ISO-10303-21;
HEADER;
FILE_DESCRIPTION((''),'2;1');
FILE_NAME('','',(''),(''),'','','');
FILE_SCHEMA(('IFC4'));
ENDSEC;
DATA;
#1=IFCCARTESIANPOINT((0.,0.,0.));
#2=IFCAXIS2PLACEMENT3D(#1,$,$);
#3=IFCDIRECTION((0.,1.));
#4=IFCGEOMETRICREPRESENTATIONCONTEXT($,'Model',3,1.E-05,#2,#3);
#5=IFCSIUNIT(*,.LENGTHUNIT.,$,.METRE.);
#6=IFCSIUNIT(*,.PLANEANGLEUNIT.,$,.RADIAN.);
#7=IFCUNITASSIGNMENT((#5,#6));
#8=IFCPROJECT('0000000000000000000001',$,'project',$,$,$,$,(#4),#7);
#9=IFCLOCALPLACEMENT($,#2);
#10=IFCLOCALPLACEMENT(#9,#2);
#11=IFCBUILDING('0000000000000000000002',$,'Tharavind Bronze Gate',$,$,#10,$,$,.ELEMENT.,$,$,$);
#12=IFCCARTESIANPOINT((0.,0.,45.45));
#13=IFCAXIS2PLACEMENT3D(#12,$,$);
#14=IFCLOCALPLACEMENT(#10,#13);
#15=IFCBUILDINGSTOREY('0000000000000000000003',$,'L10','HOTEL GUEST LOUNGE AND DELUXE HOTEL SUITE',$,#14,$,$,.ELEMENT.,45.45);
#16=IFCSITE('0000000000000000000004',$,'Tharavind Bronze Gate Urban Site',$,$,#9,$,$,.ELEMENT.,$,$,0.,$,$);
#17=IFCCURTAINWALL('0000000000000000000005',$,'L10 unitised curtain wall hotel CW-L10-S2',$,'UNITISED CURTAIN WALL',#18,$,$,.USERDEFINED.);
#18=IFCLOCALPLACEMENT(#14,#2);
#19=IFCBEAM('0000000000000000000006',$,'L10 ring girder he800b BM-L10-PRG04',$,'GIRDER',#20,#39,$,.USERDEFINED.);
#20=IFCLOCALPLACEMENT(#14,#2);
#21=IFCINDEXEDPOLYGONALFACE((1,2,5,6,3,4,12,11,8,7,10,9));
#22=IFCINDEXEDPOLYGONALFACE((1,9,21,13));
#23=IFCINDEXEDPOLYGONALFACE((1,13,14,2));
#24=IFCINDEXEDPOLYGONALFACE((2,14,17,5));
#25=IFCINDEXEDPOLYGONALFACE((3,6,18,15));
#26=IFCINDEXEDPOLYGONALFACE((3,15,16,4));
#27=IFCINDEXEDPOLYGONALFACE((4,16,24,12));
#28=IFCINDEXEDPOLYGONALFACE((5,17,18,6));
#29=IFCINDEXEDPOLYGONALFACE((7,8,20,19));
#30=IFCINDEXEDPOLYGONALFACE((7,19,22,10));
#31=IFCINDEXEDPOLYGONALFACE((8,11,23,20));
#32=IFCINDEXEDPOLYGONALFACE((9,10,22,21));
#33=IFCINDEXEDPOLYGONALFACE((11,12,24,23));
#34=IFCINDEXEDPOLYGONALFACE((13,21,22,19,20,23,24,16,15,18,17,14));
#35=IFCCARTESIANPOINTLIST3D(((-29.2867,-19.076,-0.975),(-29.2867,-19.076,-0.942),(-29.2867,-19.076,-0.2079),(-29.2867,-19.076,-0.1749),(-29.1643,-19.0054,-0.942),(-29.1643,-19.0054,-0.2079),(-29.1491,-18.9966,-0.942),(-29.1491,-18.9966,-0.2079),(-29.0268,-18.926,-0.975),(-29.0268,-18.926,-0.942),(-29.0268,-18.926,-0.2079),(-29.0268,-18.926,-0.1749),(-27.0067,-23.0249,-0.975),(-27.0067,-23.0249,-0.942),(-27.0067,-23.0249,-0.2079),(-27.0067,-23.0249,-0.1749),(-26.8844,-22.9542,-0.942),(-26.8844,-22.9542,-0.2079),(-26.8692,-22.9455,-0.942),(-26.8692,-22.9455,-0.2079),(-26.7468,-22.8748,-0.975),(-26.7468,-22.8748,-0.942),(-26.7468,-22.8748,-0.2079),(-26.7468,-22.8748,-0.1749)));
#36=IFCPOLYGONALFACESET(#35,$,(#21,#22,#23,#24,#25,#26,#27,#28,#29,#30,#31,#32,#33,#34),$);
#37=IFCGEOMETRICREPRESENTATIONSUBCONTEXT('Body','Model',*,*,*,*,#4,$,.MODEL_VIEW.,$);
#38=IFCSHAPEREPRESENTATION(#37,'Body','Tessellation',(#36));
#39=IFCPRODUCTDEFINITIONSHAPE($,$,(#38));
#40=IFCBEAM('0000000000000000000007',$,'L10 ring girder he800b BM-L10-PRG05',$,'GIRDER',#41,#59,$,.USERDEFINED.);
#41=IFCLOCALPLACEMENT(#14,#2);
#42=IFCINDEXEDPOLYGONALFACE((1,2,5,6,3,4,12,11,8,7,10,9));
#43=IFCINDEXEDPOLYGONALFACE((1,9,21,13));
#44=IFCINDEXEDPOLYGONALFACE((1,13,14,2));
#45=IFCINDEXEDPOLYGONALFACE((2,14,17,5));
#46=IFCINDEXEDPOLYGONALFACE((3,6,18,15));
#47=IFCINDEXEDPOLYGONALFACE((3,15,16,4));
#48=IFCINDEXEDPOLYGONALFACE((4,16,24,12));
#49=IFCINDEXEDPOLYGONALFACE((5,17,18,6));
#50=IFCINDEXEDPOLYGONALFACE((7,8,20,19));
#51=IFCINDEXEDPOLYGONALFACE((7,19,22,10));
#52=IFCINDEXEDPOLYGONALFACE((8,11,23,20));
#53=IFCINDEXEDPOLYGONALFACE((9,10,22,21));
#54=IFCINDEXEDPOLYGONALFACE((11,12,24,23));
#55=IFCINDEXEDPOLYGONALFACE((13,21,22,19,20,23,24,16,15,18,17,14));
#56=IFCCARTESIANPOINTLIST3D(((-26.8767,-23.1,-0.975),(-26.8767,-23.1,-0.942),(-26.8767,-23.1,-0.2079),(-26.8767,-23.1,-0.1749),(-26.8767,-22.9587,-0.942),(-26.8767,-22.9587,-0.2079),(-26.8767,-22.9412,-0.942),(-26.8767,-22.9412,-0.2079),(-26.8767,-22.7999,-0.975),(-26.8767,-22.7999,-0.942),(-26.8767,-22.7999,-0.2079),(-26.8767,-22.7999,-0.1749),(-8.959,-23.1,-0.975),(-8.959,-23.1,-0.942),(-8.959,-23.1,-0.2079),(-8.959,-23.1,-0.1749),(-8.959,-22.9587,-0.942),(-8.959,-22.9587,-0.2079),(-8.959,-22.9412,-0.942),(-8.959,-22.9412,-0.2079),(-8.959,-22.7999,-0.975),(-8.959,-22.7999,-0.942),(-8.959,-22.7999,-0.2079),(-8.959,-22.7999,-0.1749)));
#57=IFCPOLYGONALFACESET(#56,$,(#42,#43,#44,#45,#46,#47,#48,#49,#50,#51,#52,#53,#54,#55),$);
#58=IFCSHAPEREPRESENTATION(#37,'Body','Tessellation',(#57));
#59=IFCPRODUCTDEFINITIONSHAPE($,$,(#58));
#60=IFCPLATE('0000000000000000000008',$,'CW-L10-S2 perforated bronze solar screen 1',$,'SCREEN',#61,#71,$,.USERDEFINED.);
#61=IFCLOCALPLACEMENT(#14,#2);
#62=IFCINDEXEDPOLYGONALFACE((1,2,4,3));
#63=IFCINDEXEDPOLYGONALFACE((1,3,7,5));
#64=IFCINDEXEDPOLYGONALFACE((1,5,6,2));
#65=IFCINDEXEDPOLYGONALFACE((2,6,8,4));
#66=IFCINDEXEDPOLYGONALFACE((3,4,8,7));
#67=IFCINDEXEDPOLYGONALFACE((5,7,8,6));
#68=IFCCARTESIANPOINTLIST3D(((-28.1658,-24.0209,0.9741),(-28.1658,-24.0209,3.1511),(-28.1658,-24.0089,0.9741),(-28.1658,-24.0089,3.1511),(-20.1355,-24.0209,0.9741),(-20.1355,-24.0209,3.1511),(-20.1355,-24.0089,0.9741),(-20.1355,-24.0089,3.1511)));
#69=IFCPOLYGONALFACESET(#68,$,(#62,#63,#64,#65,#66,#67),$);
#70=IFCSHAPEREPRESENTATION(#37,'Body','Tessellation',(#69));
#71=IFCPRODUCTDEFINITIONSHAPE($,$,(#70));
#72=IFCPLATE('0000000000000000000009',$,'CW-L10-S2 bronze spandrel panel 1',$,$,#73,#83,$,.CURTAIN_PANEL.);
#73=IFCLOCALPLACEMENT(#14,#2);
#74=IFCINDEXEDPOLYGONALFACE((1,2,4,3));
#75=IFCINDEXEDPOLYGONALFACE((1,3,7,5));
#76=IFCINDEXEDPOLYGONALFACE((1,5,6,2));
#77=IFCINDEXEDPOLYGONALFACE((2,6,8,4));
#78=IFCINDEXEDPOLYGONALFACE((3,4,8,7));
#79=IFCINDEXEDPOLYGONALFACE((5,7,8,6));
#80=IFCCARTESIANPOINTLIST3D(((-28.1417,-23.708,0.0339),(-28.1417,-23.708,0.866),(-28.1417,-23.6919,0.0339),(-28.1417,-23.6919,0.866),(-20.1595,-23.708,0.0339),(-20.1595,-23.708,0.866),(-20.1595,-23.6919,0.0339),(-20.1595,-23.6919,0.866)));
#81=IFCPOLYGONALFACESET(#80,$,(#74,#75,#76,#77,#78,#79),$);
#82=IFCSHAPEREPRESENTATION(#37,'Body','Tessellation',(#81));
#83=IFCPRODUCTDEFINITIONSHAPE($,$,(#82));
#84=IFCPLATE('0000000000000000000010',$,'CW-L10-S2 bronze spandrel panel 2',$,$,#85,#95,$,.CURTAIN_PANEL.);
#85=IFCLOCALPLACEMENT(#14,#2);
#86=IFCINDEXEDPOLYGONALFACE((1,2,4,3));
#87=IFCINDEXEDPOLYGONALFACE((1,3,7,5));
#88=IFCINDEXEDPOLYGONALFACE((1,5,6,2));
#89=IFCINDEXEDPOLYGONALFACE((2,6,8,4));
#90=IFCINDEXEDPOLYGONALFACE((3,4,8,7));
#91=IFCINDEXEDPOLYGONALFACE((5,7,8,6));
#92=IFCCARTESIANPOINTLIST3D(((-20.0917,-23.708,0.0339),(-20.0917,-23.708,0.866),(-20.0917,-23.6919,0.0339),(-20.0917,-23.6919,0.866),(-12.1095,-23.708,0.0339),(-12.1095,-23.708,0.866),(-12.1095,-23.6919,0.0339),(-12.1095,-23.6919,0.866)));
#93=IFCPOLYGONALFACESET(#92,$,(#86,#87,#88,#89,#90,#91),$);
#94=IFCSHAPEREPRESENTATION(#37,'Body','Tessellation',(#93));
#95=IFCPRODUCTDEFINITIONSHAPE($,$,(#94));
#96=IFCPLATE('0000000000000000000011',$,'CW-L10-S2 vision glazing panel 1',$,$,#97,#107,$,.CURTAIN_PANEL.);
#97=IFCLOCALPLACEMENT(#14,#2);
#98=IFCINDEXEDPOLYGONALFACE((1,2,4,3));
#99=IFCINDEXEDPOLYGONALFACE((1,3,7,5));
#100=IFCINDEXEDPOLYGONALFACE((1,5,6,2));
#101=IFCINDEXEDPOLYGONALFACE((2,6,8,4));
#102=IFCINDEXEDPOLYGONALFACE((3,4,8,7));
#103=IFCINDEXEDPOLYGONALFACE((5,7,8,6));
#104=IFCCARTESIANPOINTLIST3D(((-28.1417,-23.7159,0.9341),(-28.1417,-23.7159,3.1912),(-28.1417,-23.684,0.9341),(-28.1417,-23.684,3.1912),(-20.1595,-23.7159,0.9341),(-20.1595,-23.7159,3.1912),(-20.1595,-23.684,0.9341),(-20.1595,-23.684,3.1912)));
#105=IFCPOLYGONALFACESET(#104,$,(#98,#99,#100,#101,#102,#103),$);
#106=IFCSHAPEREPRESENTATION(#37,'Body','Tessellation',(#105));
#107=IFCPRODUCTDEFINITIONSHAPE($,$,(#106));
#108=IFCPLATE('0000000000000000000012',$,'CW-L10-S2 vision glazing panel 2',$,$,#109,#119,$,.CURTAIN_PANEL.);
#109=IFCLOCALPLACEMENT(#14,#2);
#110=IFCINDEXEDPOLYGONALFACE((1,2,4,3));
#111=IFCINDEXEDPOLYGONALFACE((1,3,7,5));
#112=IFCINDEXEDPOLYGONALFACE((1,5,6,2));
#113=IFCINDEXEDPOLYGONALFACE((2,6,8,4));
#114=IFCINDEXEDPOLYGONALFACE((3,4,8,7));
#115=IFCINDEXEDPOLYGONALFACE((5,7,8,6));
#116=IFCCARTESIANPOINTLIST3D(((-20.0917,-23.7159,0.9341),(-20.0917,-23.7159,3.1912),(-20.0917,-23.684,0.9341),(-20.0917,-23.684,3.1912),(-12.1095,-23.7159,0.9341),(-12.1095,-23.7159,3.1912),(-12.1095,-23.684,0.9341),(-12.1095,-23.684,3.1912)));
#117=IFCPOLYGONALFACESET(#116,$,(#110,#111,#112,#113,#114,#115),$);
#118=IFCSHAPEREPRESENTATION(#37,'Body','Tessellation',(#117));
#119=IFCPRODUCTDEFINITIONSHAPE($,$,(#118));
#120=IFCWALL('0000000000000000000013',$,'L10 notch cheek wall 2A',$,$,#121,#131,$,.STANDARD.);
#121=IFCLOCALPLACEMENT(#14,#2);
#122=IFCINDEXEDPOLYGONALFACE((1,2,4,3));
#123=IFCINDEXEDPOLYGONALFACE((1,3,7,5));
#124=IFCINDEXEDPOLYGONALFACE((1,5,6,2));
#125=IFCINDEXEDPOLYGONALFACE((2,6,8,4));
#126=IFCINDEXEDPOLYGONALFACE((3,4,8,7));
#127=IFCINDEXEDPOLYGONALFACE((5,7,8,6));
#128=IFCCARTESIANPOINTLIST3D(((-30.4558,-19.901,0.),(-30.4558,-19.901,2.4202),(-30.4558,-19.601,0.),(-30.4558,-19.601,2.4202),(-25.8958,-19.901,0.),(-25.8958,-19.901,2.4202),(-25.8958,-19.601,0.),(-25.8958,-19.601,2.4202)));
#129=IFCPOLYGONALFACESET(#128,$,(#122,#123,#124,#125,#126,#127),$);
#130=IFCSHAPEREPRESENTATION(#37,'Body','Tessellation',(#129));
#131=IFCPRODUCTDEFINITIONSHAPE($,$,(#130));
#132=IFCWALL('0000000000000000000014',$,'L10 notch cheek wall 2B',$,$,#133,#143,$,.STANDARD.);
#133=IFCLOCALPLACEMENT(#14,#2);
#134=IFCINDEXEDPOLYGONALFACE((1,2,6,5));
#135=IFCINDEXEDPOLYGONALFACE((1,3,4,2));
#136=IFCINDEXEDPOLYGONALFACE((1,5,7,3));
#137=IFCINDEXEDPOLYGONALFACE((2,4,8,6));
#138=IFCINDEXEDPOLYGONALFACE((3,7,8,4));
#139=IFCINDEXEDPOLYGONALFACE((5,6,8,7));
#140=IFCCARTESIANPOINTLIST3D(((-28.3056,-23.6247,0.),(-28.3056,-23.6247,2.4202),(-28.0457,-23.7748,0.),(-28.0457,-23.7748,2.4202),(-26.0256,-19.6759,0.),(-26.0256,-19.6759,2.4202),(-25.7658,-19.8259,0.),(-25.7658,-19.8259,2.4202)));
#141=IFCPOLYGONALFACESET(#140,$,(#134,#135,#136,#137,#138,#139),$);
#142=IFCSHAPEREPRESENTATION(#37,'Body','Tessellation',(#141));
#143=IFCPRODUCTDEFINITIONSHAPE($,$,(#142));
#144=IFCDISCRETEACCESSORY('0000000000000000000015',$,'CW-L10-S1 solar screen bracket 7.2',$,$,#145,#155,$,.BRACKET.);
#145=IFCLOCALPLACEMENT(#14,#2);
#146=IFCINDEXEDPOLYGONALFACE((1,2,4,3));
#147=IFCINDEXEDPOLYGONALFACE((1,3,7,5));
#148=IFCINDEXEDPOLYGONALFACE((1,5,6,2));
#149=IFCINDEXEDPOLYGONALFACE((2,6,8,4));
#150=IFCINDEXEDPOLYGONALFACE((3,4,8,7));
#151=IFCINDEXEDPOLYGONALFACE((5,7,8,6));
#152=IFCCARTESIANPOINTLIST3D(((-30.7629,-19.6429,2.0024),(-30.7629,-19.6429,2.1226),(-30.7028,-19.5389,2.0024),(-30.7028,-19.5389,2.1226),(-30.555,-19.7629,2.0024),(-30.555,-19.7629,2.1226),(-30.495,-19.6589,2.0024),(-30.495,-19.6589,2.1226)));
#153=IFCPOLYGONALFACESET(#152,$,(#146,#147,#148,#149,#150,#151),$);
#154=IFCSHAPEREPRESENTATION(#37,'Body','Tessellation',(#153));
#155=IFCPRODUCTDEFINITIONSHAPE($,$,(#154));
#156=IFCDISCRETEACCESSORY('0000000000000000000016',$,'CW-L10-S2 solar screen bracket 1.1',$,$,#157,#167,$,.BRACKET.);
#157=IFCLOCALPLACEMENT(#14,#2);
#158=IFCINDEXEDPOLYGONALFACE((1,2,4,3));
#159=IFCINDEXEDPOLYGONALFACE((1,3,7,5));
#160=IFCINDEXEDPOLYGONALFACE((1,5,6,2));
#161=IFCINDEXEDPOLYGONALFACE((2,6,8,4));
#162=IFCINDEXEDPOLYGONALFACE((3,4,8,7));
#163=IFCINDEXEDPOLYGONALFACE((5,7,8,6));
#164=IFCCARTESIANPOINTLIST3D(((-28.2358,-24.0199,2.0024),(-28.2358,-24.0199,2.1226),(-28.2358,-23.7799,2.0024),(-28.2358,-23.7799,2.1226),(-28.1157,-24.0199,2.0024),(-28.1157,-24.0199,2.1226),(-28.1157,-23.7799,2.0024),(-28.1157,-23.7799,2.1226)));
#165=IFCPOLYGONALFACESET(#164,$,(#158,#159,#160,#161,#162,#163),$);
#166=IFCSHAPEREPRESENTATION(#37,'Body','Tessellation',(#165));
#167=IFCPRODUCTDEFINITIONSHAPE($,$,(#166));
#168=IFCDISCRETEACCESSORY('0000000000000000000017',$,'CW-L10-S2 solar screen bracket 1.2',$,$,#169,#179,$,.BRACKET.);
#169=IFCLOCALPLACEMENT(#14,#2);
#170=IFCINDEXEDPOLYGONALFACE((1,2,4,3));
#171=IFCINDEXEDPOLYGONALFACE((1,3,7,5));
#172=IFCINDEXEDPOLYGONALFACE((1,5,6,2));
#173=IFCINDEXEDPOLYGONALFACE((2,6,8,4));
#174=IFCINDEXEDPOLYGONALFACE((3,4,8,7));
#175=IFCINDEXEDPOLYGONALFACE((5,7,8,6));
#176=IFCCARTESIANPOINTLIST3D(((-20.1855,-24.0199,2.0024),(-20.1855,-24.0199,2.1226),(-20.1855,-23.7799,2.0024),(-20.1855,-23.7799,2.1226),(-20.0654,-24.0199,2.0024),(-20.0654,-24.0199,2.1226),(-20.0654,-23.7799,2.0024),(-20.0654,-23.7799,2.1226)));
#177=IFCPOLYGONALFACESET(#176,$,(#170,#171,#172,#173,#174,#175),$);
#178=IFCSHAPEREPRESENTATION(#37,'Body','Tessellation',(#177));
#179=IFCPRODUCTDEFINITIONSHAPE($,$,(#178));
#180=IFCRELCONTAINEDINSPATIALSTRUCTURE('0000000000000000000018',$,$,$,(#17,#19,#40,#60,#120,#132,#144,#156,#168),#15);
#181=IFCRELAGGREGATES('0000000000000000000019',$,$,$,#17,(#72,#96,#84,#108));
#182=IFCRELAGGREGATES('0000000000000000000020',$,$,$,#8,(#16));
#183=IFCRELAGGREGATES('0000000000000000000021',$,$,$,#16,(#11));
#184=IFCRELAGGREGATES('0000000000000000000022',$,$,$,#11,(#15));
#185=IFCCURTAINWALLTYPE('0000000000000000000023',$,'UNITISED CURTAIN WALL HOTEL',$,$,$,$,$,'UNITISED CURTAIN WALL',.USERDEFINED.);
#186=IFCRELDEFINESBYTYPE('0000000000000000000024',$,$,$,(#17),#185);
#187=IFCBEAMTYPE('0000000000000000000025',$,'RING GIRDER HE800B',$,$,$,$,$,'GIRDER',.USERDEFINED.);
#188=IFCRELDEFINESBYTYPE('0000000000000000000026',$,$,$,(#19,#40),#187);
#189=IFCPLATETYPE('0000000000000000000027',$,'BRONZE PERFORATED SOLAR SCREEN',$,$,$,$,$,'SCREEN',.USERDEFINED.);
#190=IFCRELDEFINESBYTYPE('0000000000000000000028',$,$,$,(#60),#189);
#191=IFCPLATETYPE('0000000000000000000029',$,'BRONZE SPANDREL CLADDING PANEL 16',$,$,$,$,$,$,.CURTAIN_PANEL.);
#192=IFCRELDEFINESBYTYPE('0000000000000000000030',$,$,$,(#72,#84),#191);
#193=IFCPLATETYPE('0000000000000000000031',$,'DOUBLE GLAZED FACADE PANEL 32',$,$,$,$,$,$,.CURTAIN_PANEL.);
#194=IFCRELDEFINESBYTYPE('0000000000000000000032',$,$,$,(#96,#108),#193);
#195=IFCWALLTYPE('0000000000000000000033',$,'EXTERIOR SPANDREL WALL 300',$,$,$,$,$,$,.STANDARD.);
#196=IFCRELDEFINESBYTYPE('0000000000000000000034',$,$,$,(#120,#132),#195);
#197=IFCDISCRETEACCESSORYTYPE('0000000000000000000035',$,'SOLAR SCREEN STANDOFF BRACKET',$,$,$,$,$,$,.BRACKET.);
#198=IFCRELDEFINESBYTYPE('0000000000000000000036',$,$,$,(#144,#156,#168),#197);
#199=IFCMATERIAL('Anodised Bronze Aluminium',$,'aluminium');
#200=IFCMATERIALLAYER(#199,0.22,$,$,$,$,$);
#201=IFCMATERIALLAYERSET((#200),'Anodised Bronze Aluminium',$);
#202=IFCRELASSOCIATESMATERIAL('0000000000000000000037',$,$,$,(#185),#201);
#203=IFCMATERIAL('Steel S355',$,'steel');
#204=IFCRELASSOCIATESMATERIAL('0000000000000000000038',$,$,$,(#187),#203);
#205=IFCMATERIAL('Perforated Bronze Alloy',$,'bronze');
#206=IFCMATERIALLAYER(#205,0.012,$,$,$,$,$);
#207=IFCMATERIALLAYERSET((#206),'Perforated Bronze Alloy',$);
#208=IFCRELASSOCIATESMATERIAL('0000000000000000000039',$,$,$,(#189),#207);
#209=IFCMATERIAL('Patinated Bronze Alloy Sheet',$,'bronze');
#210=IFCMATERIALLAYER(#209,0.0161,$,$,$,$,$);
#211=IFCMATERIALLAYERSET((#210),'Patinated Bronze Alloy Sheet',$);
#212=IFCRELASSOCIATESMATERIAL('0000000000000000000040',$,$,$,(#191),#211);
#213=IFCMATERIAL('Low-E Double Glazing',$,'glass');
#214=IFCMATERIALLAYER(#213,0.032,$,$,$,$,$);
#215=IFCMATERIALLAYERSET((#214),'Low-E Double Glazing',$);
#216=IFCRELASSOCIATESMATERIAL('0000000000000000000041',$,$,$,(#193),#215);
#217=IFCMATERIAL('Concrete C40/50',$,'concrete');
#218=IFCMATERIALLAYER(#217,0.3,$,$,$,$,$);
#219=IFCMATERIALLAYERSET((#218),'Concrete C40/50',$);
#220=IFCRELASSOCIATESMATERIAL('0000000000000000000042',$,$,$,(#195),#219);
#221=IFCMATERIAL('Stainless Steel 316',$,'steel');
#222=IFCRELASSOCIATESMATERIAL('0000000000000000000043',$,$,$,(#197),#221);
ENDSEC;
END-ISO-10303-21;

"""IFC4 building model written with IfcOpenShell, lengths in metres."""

from ifc_helpers import new_model, si_unit, direction, frame, frame_2d, origin, origin_2d, place, context, subcontext, project, spatial, rectangle, i_section, extrude, material, layer, layer_set, material_profile, profile_set, type_object, element, aggregate, save


model = new_model("IFC4")

# Units and contexts
model_context = context("Model", 3, precision=1e-05, world=origin(), true_north=direction((0.0, 1.0)))
body_context = subcontext(model_context, "Body", "Model", "MODEL_VIEW")
ifc_project = project(units=[si_unit("LENGTHUNIT", "METRE"), si_unit("PLANEANGLEUNIT", "RADIAN")], contexts=[model_context])

# Site, building, storey
site_placement = place(None, origin())
site = spatial("IfcSite", under=ifc_project, at=site_placement, Name="Tharavind Bronze Gate Urban Site", CompositionType="ELEMENT", RefElevation=0.0)
building_placement = place(site_placement, origin())
building = spatial("IfcBuilding", under=site, at=building_placement, Name="Tharavind Bronze Gate", CompositionType="ELEMENT")
storey_placement = place(building_placement, frame((0.0, 0.0, 45.45)))
storey = spatial("IfcBuildingStorey", under=building, at=storey_placement, Name="L10", Description="HOTEL GUEST LOUNGE AND DELUXE HOTEL SUITE", CompositionType="ELEMENT", Elevation=45.45)

# Shared definitions
ifc_material_1 = material(Name="Anodised Bronze Aluminium", Category="aluminium")
ifc_layer_1 = layer(ifc_material_1, 0.22)
ifc_layer_set_1 = layer_set([ifc_layer_1], Name="Anodised Bronze Aluminium")
curtain_wall_type = type_object("IfcCurtainWallType", Name="UNITISED CURTAIN WALL HOTEL", ElementType="UNITISED CURTAIN WALL", PredefinedType="USERDEFINED", material=ifc_layer_set_1)

# Curtain wall
curtain_wall_1_placement = place(storey_placement, origin())
curtain_wall_1 = element("IfcCurtainWall", 1, at=curtain_wall_1_placement, inside=storey, type_object=curtain_wall_type, Name="L10 unitised curtain wall hotel CW-L10-S2", ObjectType="UNITISED CURTAIN WALL", PredefinedType="USERDEFINED")

# Beams
ifc_material_2 = material(Name="Steel S355", Category="steel")
ifc_material_profile_1 = material_profile(ifc_material_2, i_section(OverallWidth=0.3, OverallDepth=0.8, WebThickness=0.0176, FlangeThickness=0.033, at=origin_2d()), Name="HE800B")
ifc_profile_set_1 = profile_set([ifc_material_profile_1], Name="Steel S355")
beam_type_1 = type_object("IfcBeamType", Name="RING GIRDER HE800B", ElementType="GIRDER", PredefinedType="USERDEFINED", material=ifc_profile_set_1)
beam_1_placement = place(storey_placement, frame((-29.1567, -19.001, -0.575), z_axis=(0.500014, -0.866017, 0.0), x_axis=(0.866017, 0.500014, 0.0)))
element("IfcBeam", 2, at=beam_1_placement, inside=storey, type_object=beam_type_1, Name="L10 ring girder he800b BM-L10-PRG04", ObjectType="GIRDER", PredefinedType="USERDEFINED", context=body_context, shape_type="SweptSolid", body=[
    extrude(i_section(OverallWidth=0.3, OverallDepth=0.8, WebThickness=0.0176, FlangeThickness=0.033, at=origin_2d()), origin(), (0.0, 0.0, 1.0), 4.5598),
])
beam_2_placement = place(storey_placement, frame((-26.8767, -22.95, -0.575), z_axis=(1.0, 0.0, 0.0), x_axis=(0.0, 1.0, 0.0)))
element("IfcBeam", 3, at=beam_2_placement, inside=storey, type_object=beam_type_1, Name="L10 ring girder he800b BM-L10-PRG05", ObjectType="GIRDER", PredefinedType="USERDEFINED", context=body_context, shape_type="SweptSolid", body=[
    extrude(i_section(OverallWidth=0.3, OverallDepth=0.8, WebThickness=0.0176, FlangeThickness=0.033, at=origin_2d()), origin(), (0.0, 0.0, 1.0), 17.9177),
])

# Plates
ifc_material_3 = material(Name="Perforated Bronze Alloy", Category="bronze")
ifc_layer_2 = layer(ifc_material_3, 0.012)
ifc_layer_set_2 = layer_set([ifc_layer_2], Name="Perforated Bronze Alloy")
plate_type_1 = type_object("IfcPlateType", Name="BRONZE PERFORATED SOLAR SCREEN", ElementType="SCREEN", PredefinedType="USERDEFINED", material=ifc_layer_set_2)
plate_1_placement = place(storey_placement, frame((-24.1506, -24.0149, 0.9741), z_axis=(0.0, 0.0, 1.0), x_axis=(1.0, 0.0, 0.0)))
element("IfcPlate", 4, at=plate_1_placement, inside=storey, type_object=plate_type_1, Name="CW-L10-S2 perforated bronze solar screen 1", ObjectType="SCREEN", PredefinedType="USERDEFINED", context=body_context, shape_type="SweptSolid", body=[
    extrude(rectangle(XDim=8.0303, YDim=0.012, at=origin_2d()), origin(), (0.0, 0.0, 1.0), 2.177),
])
ifc_material_4 = material(Name="Patinated Bronze Alloy Sheet", Category="bronze")
ifc_layer_3 = layer(ifc_material_4, 0.0161)
ifc_layer_set_3 = layer_set([ifc_layer_3], Name="Patinated Bronze Alloy Sheet")
plate_type_2 = type_object("IfcPlateType", Name="BRONZE SPANDREL CLADDING PANEL 16", PredefinedType="CURTAIN_PANEL", material=ifc_layer_set_3)
plate_2_placement = place(storey_placement, frame((-24.1506, -23.7, 0.0339), z_axis=(0.0, 0.0, 1.0), x_axis=(1.0, 0.0, 0.0)))
plate_2 = element("IfcPlate", 5, at=plate_2_placement, type_object=plate_type_2, Name="CW-L10-S2 bronze spandrel panel 1", PredefinedType="CURTAIN_PANEL", context=body_context, shape_type="SweptSolid", body=[
    extrude(rectangle(XDim=7.9822, YDim=0.0161, at=origin_2d()), origin(), (0.0, 0.0, 1.0), 0.832),
])
plate_3_placement = place(storey_placement, frame((-16.1006, -23.7, 0.0339), z_axis=(0.0, 0.0, 1.0), x_axis=(1.0, 0.0, 0.0)))
plate_3 = element("IfcPlate", 6, at=plate_3_placement, type_object=plate_type_2, Name="CW-L10-S2 bronze spandrel panel 2", PredefinedType="CURTAIN_PANEL", context=body_context, shape_type="SweptSolid", body=[
    extrude(rectangle(XDim=7.9822, YDim=0.0161, at=origin_2d()), origin(), (0.0, 0.0, 1.0), 0.832),
])
ifc_material_5 = material(Name="Low-E Double Glazing", Category="glass")
ifc_layer_4 = layer(ifc_material_5, 0.032)
ifc_layer_set_4 = layer_set([ifc_layer_4], Name="Low-E Double Glazing")
plate_type_3 = type_object("IfcPlateType", Name="DOUBLE GLAZED FACADE PANEL 32", PredefinedType="CURTAIN_PANEL", material=ifc_layer_set_4)
plate_4_placement = place(storey_placement, frame((-24.1506, -23.7, 0.9341), z_axis=(0.0, 0.0, 1.0), x_axis=(1.0, 0.0, 0.0)))
plate_4 = element("IfcPlate", 7, at=plate_4_placement, type_object=plate_type_3, Name="CW-L10-S2 vision glazing panel 1", PredefinedType="CURTAIN_PANEL", context=body_context, shape_type="SweptSolid", body=[
    extrude(rectangle(XDim=7.9822, YDim=0.032, at=origin_2d()), origin(), (0.0, 0.0, 1.0), 2.2571),
])
plate_5_placement = place(storey_placement, frame((-16.1006, -23.7, 0.9341), z_axis=(0.0, 0.0, 1.0), x_axis=(1.0, 0.0, 0.0)))
plate_5 = element("IfcPlate", 8, at=plate_5_placement, type_object=plate_type_3, Name="CW-L10-S2 vision glazing panel 2", PredefinedType="CURTAIN_PANEL", context=body_context, shape_type="SweptSolid", body=[
    extrude(rectangle(XDim=7.9822, YDim=0.032, at=origin_2d()), origin(), (0.0, 0.0, 1.0), 2.2571),
])
aggregate(curtain_wall_1, [plate_2, plate_4, plate_3, plate_5])

# Walls
ifc_material_6 = material(Name="Concrete C40/50", Category="concrete")
ifc_layer_5 = layer(ifc_material_6, 0.3)
ifc_layer_set_5 = layer_set([ifc_layer_5], Name="Concrete C40/50")
wall_type = type_object("IfcWallType", Name="EXTERIOR SPANDREL WALL 300", PredefinedType="STANDARD", material=ifc_layer_set_5)
wall_1_placement = place(storey_placement, frame((-30.4558, -19.751, 0.0), z_axis=(0.0, 0.0, 1.0), x_axis=(1.0, 0.0, 0.0)))
element("IfcWall", 9, at=wall_1_placement, inside=storey, type_object=wall_type, Name="L10 notch cheek wall 2A", PredefinedType="STANDARD", context=body_context, shape_type="SweptSolid", body=[
    extrude(rectangle(XDim=4.5601, YDim=0.3, at=frame_2d((2.28, 0.0))), origin(), (0.0, 0.0, 1.0), 2.4202),
])
wall_2_placement = place(storey_placement, frame((-25.8958, -19.751, 0.0), z_axis=(0.0, 0.0, 1.0), x_axis=(-0.500014, -0.866017, 0.0)))
element("IfcWall", 10, at=wall_2_placement, inside=storey, type_object=wall_type, Name="L10 notch cheek wall 2B", PredefinedType="STANDARD", context=body_context, shape_type="SweptSolid", body=[
    extrude(rectangle(XDim=4.5598, YDim=0.3, at=frame_2d((2.2798, 0.0))), origin(), (0.0, 0.0, 1.0), 2.4202),
])

# Discrete accessories
ifc_material_7 = material(Name="Stainless Steel 316", Category="steel")
discrete_accessory_type = type_object("IfcDiscreteAccessoryType", Name="SOLAR SCREEN STANDOFF BRACKET", PredefinedType="BRACKET", material=ifc_material_7)
for number, where, z_axis, x_axis, name in (
    (11, (-30.6289, -19.6509, 2.0024), (0.0, 0.0, 1.0), (-0.500002, -0.866025, 0.0), "CW-L10-S1 solar screen bracket 7.2"),
    (12, (-28.1758, -23.8999, 2.0024), (0.0, 0.0, 1.0), (1.0, 0.0, 0.0), "CW-L10-S2 solar screen bracket 1.1"),
    (13, (-20.1255, -23.8999, 2.0024), (0.0, 0.0, 1.0), (1.0, 0.0, 0.0), "CW-L10-S2 solar screen bracket 1.2"),
):
    element("IfcDiscreteAccessory", number, at=place(storey_placement, frame(where, z_axis=z_axis, x_axis=x_axis)), inside=storey, type_object=discrete_accessory_type, Name=name, PredefinedType="BRACKET", context=body_context, shape_type="SweptSolid", body=[
        extrude(rectangle(XDim=0.1201, YDim=0.24, at=origin_2d()), origin(), (0.0, 0.0, 1.0), 0.1201),
    ])

save(model, "model.ifc")
